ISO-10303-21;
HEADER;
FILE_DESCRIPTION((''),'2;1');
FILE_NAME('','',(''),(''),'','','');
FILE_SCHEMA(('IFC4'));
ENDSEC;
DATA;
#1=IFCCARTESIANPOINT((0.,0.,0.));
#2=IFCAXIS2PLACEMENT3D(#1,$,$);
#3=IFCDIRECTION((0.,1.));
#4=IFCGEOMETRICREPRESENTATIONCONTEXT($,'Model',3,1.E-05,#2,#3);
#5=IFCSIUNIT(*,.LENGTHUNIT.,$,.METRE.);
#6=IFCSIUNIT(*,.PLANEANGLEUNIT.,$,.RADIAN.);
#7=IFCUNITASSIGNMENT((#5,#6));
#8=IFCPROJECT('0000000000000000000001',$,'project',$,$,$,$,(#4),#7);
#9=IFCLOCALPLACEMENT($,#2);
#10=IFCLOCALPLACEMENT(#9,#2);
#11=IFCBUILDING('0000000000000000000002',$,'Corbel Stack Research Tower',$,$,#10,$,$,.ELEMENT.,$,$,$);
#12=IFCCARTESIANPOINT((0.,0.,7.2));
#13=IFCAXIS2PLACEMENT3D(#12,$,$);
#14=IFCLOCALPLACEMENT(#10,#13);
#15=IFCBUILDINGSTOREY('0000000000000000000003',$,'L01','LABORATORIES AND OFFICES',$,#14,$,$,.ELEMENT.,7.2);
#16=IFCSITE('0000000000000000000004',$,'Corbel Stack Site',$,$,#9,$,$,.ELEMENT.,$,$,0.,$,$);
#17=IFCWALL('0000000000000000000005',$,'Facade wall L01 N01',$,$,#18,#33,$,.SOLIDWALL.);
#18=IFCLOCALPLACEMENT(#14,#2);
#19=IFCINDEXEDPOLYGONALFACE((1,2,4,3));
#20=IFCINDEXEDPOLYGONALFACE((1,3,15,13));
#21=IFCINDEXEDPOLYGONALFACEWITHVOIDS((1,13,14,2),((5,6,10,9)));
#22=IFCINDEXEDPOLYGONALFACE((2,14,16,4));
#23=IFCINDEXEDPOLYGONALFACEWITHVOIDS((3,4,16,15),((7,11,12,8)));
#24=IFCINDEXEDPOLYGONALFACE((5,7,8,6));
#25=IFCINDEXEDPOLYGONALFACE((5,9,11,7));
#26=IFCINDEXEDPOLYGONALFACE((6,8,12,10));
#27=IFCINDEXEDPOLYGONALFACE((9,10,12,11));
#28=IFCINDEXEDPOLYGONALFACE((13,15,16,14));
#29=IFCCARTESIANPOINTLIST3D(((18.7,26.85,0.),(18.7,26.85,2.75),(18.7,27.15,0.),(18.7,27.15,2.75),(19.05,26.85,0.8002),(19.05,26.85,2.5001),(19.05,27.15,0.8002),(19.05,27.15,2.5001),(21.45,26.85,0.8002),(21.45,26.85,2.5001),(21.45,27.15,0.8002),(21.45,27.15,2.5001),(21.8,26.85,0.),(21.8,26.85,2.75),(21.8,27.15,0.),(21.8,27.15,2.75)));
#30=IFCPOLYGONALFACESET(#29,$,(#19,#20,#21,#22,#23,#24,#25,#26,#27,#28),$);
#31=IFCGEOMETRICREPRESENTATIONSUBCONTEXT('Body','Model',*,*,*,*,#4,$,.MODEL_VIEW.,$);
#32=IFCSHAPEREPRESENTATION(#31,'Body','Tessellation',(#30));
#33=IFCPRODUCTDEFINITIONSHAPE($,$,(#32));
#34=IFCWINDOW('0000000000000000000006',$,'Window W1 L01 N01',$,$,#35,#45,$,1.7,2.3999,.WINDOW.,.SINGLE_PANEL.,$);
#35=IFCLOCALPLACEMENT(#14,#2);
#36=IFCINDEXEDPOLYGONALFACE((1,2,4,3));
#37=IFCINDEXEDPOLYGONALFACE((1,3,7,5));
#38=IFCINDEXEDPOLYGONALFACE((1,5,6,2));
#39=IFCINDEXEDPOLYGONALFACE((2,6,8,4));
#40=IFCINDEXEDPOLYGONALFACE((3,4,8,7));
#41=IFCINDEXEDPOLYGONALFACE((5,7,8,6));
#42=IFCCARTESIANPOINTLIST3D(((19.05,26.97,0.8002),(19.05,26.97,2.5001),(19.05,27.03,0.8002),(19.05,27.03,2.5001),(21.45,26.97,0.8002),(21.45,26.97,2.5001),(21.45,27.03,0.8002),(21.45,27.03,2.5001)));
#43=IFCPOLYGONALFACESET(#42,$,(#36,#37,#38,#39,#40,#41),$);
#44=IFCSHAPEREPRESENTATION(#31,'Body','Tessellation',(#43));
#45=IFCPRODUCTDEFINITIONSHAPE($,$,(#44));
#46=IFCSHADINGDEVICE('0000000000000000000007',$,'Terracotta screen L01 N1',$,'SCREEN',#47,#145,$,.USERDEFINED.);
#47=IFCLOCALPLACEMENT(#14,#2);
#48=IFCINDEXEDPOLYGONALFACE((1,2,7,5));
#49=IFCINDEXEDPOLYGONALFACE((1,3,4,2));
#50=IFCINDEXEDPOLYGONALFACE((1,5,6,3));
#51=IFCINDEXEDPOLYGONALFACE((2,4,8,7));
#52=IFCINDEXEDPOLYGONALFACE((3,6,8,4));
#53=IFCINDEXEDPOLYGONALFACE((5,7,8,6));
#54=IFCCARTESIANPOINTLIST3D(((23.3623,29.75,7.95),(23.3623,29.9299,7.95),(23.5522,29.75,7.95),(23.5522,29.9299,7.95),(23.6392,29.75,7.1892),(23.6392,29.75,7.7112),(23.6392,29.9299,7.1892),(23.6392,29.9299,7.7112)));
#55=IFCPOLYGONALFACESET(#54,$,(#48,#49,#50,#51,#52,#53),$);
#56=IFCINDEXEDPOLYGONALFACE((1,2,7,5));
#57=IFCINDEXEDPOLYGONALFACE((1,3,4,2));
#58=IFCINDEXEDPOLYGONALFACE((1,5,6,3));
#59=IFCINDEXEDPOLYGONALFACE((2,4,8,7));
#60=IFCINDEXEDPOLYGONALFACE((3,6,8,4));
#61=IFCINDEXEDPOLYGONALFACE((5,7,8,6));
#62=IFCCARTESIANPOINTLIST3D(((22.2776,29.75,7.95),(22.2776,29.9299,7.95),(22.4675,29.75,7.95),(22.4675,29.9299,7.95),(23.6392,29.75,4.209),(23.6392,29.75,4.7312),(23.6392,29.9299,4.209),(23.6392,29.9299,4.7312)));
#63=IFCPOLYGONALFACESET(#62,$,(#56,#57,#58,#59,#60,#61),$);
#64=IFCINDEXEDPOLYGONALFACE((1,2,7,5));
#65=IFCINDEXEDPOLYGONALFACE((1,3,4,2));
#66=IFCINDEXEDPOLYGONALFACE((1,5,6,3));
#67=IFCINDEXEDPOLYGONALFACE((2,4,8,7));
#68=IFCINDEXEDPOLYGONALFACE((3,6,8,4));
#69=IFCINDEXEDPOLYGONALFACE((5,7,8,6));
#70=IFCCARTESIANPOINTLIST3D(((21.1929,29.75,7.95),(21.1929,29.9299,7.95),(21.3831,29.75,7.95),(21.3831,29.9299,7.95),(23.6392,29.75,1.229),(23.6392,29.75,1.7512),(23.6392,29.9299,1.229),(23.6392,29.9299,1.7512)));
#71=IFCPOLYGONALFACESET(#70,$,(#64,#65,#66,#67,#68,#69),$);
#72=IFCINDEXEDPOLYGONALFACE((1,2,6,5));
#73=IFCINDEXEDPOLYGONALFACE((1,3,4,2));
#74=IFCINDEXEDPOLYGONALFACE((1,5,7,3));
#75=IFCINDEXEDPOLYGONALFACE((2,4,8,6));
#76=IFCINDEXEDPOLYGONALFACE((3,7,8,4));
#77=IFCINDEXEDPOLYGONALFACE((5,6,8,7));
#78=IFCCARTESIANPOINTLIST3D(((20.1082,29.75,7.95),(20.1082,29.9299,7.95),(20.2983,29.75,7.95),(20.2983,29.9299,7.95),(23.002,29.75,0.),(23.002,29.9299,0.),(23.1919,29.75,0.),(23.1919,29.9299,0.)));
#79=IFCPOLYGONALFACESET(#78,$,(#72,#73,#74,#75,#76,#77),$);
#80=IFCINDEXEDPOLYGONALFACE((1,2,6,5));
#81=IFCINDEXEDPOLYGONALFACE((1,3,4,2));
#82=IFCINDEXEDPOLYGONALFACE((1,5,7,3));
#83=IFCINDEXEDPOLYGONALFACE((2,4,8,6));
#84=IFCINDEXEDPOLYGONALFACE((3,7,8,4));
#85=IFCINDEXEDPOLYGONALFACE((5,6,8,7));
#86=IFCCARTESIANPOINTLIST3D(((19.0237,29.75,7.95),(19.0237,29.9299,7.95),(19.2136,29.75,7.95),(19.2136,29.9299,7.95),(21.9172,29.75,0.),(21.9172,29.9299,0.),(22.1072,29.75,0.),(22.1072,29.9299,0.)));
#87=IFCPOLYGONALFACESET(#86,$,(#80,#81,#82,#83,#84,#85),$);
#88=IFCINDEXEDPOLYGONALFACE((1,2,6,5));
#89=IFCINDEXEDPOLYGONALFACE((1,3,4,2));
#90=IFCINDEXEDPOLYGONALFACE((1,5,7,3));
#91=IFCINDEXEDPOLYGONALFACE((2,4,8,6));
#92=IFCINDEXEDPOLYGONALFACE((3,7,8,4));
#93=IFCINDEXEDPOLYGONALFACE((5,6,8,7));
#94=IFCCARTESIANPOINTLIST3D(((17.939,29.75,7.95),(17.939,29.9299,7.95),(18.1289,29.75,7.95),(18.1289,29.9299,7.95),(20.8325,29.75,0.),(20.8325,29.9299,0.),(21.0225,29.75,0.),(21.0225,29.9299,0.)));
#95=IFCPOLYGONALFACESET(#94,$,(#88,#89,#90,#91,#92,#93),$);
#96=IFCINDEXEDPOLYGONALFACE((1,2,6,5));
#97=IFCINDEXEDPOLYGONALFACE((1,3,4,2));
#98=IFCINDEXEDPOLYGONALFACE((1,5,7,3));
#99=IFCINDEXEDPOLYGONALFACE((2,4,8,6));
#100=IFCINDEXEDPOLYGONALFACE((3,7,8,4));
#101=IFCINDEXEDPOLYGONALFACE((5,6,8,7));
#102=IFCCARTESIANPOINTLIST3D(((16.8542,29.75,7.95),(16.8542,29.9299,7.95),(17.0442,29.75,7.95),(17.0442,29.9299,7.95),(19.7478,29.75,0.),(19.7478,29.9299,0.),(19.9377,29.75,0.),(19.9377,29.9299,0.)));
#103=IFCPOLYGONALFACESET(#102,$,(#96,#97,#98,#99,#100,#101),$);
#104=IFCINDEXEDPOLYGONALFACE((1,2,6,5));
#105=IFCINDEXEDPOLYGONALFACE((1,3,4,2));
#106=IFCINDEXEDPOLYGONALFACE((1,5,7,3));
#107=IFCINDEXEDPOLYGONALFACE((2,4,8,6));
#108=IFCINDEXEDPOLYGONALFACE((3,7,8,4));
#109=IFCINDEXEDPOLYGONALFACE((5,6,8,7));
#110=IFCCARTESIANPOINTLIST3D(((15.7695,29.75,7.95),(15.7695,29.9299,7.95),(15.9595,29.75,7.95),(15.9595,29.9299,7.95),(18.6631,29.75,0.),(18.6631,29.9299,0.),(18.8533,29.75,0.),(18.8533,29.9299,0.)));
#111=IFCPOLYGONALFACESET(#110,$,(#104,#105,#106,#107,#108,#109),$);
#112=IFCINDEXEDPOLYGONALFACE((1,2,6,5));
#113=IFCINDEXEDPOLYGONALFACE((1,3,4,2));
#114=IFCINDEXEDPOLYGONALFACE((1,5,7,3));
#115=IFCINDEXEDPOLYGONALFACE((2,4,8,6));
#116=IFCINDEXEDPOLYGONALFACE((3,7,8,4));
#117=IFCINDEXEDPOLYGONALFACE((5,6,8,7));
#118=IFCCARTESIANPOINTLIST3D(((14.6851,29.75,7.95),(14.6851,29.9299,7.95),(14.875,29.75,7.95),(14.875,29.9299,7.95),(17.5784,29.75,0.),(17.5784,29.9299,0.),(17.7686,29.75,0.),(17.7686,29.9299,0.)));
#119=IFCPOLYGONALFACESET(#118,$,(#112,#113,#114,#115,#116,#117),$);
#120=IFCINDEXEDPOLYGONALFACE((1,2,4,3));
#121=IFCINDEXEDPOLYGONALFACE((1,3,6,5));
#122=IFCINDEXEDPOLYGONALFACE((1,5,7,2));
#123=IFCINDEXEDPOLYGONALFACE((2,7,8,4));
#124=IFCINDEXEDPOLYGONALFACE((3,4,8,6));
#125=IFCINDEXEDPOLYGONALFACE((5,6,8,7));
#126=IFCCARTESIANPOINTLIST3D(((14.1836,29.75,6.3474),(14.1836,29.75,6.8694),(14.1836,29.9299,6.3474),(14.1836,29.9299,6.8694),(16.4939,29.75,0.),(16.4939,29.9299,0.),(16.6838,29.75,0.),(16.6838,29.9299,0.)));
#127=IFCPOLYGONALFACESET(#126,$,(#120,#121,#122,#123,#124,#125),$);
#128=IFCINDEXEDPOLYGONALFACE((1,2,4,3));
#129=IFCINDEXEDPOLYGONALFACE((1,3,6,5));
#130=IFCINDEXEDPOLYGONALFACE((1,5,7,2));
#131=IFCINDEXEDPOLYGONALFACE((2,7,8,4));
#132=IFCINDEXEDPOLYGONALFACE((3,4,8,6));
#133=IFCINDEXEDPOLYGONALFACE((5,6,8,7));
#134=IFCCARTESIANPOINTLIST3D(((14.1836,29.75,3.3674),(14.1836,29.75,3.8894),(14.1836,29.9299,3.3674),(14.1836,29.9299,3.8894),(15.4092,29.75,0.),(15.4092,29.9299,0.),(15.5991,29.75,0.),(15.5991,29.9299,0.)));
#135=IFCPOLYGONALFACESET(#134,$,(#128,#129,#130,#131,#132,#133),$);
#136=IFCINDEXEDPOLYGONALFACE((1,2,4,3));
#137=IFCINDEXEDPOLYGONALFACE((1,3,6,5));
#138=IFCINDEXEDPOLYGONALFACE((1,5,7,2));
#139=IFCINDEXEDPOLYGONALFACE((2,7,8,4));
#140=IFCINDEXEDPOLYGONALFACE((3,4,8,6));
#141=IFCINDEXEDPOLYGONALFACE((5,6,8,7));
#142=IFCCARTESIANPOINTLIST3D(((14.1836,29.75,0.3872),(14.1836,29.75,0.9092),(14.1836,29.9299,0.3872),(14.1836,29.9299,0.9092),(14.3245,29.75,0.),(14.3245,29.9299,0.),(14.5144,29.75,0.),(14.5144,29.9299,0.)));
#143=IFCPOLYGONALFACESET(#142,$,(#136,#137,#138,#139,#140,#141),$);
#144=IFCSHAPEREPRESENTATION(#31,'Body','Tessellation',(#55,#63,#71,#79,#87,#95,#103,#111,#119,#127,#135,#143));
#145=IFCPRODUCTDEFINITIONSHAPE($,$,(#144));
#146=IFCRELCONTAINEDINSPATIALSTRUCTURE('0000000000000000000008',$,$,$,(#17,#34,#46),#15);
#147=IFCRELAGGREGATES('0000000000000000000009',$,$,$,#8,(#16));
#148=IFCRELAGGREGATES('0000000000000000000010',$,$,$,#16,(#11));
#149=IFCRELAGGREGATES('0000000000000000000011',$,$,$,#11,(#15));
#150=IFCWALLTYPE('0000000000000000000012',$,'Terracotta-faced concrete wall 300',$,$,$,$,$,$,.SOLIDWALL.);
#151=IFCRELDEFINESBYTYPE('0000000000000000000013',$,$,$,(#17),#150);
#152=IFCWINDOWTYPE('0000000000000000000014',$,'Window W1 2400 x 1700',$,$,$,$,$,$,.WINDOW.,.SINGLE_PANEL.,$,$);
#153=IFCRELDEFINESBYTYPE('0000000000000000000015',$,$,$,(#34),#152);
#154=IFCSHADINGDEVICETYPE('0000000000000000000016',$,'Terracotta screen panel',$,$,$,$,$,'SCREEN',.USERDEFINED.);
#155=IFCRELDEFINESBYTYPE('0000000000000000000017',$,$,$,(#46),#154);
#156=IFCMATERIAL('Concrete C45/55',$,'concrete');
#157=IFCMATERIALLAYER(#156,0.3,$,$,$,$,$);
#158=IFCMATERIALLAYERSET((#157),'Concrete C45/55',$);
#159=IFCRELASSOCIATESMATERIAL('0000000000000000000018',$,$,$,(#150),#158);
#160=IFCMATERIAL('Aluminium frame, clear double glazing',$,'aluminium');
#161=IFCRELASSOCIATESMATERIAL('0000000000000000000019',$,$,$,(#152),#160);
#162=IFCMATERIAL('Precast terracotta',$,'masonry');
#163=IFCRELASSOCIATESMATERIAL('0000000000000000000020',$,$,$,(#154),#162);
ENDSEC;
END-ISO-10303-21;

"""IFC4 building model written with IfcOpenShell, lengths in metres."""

from ifc_helpers import new_model, si_unit, direction, frame, frame_2d, origin, place, context, subcontext, project, spatial, polyline, rectangle, outline, extrude, source, transform, mapped, material, layer, layer_set, type_object, element, fill, save


model = new_model("IFC4")

# Units and contexts
model_context = context("Model", 3, precision=1e-05, world=origin(), true_north=direction((0.0, 1.0)))
body_context = subcontext(model_context, "Body", "Model", "MODEL_VIEW")
ifc_project = project(units=[si_unit("LENGTHUNIT", "METRE"), si_unit("PLANEANGLEUNIT", "RADIAN")], contexts=[model_context])

# Site, building, storey
site_placement = place(None, origin())
site = spatial("IfcSite", under=ifc_project, at=site_placement, Name="Corbel Stack Site", CompositionType="ELEMENT", RefElevation=0.0)
building_placement = place(site_placement, origin())
building = spatial("IfcBuilding", under=site, at=building_placement, Name="Corbel Stack Research Tower", CompositionType="ELEMENT")
storey_placement = place(building_placement, frame((0.0, 0.0, 7.2)))
storey = spatial("IfcBuildingStorey", under=building, at=storey_placement, Name="L01", Description="LABORATORIES AND OFFICES", CompositionType="ELEMENT", Elevation=7.2)

# Shared definitions
ifc_material_1 = material(Name="Concrete C45/55", Category="concrete")
ifc_layer_1 = layer(ifc_material_1, 0.3)
ifc_layer_set_1 = layer_set([ifc_layer_1], Name="Concrete C45/55")
wall_type_1 = type_object("IfcWallType", Name="Terracotta-faced concrete wall 300", PredefinedType="SOLIDWALL", material=ifc_layer_set_1)

# Wall, opening, window
ifc_material_2 = material(Name="Aluminium frame, clear double glazing", Category="aluminium")
window_type = type_object("IfcWindowType", Name="Window W1 2400 x 1700", PartitioningType="SINGLE_PANEL", PredefinedType="WINDOW", material=ifc_material_2)
wall_1_placement = place(storey_placement, frame((18.7, 27.0, 0.0), z_axis=(0.0, 0.0, 1.0), x_axis=(1.0, 0.0, 0.0)))
wall_1 = element("IfcWall", 1, at=wall_1_placement, inside=storey, type_object=wall_type_1, Name="Facade wall L01 N01", PredefinedType="SOLIDWALL", context=body_context, shape_type="SweptSolid", body=[
    extrude(rectangle(XDim=3.1001, YDim=0.3, at=frame_2d((1.55, 0.0))), origin(), (0.0, 0.0, 1.0), 2.75),
])
opening_1_placement = place(wall_1_placement, frame((0.3501, 0.0, 0.8)))
opening_1 = element("IfcOpeningElement", 2, at=opening_1_placement, cuts=wall_1, PredefinedType="OPENING", context=body_context, shape_type="SweptSolid", body=[
    extrude(rectangle(XDim=2.3999, YDim=1.7, at=frame_2d((1.2, 0.8501))), frame((0.0, 0.1599, 0.0), z_axis=(0.0, -1.0, 0.0), x_axis=(1.0, 0.0, 0.0)), (0.0, 0.0, 1.0), 0.3201),
])
window_1_placement = place(opening_1_placement, origin())
window_1 = element("IfcWindow", 3, at=window_1_placement, inside=storey, type_object=window_type, Name="Window W1 L01 N01", OverallHeight=1.7, OverallWidth=2.3999, PartitioningType="SINGLE_PANEL", PredefinedType="WINDOW", context=body_context, shape_type="SweptSolid", body=[
    extrude(rectangle(XDim=2.3999, YDim=1.7, at=frame_2d((1.2, 0.8501))), frame((0.0, 0.03, 0.0), z_axis=(0.0, -1.0, 0.0), x_axis=(1.0, 0.0, 0.0)), (0.0, 0.0, 1.0), 0.0601),
])
fill(opening_1, window_1)

# Shading device
ifc_material_3 = material(Name="Precast terracotta", Category="masonry")
shading_device_type = type_object("IfcShadingDeviceType", Name="Terracotta screen panel", ElementType="SCREEN", PredefinedType="USERDEFINED", material=ifc_material_3)
shared_shape = source(origin(), body_context, "Body", "SweptSolid", [
    extrude(outline(polyline([(0.2769, 7.95), (0.0869, 7.95), (0.0, 7.7112), (0.0, 7.1892), (0.2769, 7.95)])), frame((0.0, 0.0, 0.0), z_axis=(0.0, -1.0, 0.0), x_axis=(1.0, 0.0, 0.0)), (0.0, 0.0, 1.0), 0.1799),
    extrude(outline(polyline([(1.3616, 7.95), (1.1716, 7.95), (0.0, 4.7312), (0.0, 4.209), (1.3616, 7.95)])), frame((0.0, 0.0, 0.0), z_axis=(0.0, -1.0, 0.0), x_axis=(1.0, 0.0, 0.0)), (0.0, 0.0, 1.0), 0.1799),
    extrude(outline(polyline([(2.4463, 7.95), (2.2561, 7.95), (0.0, 1.7512), (0.0, 1.229), (2.4463, 7.95)])), frame((0.0, 0.0, 0.0), z_axis=(0.0, -1.0, 0.0), x_axis=(1.0, 0.0, 0.0)), (0.0, 0.0, 1.0), 0.1799),
    extrude(outline(polyline([(0.6372, 0.0), (3.531, 7.95), (3.3408, 7.95), (0.4473, 0.0), (0.6372, 0.0)])), frame((0.0, 0.0, 0.0), z_axis=(0.0, -1.0, 0.0), x_axis=(1.0, 0.0, 0.0)), (0.0, 0.0, 1.0), 0.1799),
    extrude(outline(polyline([(1.7219, 0.0), (4.6155, 7.95), (4.4255, 7.95), (1.532, 0.0), (1.7219, 0.0)])), frame((0.0, 0.0, 0.0), z_axis=(0.0, -1.0, 0.0), x_axis=(1.0, 0.0, 0.0)), (0.0, 0.0, 1.0), 0.1799),
    extrude(outline(polyline([(2.8066, 0.0), (5.7002, 7.95), (5.5103, 7.95), (2.6167, 0.0), (2.8066, 0.0)])), frame((0.0, 0.0, 0.0), z_axis=(0.0, -1.0, 0.0), x_axis=(1.0, 0.0, 0.0)), (0.0, 0.0, 1.0), 0.1799),
    extrude(outline(polyline([(3.8914, 0.0), (6.7849, 7.95), (6.595, 7.95), (3.7014, 0.0), (3.8914, 0.0)])), frame((0.0, 0.0, 0.0), z_axis=(0.0, -1.0, 0.0), x_axis=(1.0, 0.0, 0.0)), (0.0, 0.0, 1.0), 0.1799),
    extrude(outline(polyline([(4.9761, 0.0), (7.8696, 7.95), (7.6797, 7.95), (4.7859, 0.0), (4.9761, 0.0)])), frame((0.0, 0.0, 0.0), z_axis=(0.0, -1.0, 0.0), x_axis=(1.0, 0.0, 0.0)), (0.0, 0.0, 1.0), 0.1799),
    extrude(outline(polyline([(6.0608, 0.0), (8.9541, 7.95), (8.7642, 7.95), (5.8706, 0.0), (6.0608, 0.0)])), frame((0.0, 0.0, 0.0), z_axis=(0.0, -1.0, 0.0), x_axis=(1.0, 0.0, 0.0)), (0.0, 0.0, 1.0), 0.1799),
    extrude(outline(polyline([(7.1453, 0.0), (9.4556, 6.3474), (9.4556, 6.8694), (6.9553, 0.0), (7.1453, 0.0)])), frame((0.0, 0.0, 0.0), z_axis=(0.0, -1.0, 0.0), x_axis=(1.0, 0.0, 0.0)), (0.0, 0.0, 1.0), 0.1799),
    extrude(outline(polyline([(8.23, 0.0), (9.4556, 3.3674), (9.4556, 3.8894), (8.04, 0.0), (8.23, 0.0)])), frame((0.0, 0.0, 0.0), z_axis=(0.0, -1.0, 0.0), x_axis=(1.0, 0.0, 0.0)), (0.0, 0.0, 1.0), 0.1799),
    extrude(outline(polyline([(9.3147, 0.0), (9.4556, 0.3872), (9.4556, 0.9092), (9.1248, 0.0), (9.3147, 0.0)])), frame((0.0, 0.0, 0.0), z_axis=(0.0, -1.0, 0.0), x_axis=(1.0, 0.0, 0.0)), (0.0, 0.0, 1.0), 0.1799),
])
shading_device_placement = place(storey_placement, frame((23.6392, 29.75, 0.0), z_axis=(0.0, 0.0, 1.0), x_axis=(-1.0, 0.0, 0.0)))
element("IfcShadingDevice", 4, at=shading_device_placement, inside=storey, type_object=shading_device_type, Name="Terracotta screen L01 N1", ObjectType="SCREEN", PredefinedType="USERDEFINED", context=body_context, shape_type="MappedRepresentation", body=[
    mapped(shared_shape, transform((0.0, 0.0, 0.0))),
])

save(model, "model.ifc")
